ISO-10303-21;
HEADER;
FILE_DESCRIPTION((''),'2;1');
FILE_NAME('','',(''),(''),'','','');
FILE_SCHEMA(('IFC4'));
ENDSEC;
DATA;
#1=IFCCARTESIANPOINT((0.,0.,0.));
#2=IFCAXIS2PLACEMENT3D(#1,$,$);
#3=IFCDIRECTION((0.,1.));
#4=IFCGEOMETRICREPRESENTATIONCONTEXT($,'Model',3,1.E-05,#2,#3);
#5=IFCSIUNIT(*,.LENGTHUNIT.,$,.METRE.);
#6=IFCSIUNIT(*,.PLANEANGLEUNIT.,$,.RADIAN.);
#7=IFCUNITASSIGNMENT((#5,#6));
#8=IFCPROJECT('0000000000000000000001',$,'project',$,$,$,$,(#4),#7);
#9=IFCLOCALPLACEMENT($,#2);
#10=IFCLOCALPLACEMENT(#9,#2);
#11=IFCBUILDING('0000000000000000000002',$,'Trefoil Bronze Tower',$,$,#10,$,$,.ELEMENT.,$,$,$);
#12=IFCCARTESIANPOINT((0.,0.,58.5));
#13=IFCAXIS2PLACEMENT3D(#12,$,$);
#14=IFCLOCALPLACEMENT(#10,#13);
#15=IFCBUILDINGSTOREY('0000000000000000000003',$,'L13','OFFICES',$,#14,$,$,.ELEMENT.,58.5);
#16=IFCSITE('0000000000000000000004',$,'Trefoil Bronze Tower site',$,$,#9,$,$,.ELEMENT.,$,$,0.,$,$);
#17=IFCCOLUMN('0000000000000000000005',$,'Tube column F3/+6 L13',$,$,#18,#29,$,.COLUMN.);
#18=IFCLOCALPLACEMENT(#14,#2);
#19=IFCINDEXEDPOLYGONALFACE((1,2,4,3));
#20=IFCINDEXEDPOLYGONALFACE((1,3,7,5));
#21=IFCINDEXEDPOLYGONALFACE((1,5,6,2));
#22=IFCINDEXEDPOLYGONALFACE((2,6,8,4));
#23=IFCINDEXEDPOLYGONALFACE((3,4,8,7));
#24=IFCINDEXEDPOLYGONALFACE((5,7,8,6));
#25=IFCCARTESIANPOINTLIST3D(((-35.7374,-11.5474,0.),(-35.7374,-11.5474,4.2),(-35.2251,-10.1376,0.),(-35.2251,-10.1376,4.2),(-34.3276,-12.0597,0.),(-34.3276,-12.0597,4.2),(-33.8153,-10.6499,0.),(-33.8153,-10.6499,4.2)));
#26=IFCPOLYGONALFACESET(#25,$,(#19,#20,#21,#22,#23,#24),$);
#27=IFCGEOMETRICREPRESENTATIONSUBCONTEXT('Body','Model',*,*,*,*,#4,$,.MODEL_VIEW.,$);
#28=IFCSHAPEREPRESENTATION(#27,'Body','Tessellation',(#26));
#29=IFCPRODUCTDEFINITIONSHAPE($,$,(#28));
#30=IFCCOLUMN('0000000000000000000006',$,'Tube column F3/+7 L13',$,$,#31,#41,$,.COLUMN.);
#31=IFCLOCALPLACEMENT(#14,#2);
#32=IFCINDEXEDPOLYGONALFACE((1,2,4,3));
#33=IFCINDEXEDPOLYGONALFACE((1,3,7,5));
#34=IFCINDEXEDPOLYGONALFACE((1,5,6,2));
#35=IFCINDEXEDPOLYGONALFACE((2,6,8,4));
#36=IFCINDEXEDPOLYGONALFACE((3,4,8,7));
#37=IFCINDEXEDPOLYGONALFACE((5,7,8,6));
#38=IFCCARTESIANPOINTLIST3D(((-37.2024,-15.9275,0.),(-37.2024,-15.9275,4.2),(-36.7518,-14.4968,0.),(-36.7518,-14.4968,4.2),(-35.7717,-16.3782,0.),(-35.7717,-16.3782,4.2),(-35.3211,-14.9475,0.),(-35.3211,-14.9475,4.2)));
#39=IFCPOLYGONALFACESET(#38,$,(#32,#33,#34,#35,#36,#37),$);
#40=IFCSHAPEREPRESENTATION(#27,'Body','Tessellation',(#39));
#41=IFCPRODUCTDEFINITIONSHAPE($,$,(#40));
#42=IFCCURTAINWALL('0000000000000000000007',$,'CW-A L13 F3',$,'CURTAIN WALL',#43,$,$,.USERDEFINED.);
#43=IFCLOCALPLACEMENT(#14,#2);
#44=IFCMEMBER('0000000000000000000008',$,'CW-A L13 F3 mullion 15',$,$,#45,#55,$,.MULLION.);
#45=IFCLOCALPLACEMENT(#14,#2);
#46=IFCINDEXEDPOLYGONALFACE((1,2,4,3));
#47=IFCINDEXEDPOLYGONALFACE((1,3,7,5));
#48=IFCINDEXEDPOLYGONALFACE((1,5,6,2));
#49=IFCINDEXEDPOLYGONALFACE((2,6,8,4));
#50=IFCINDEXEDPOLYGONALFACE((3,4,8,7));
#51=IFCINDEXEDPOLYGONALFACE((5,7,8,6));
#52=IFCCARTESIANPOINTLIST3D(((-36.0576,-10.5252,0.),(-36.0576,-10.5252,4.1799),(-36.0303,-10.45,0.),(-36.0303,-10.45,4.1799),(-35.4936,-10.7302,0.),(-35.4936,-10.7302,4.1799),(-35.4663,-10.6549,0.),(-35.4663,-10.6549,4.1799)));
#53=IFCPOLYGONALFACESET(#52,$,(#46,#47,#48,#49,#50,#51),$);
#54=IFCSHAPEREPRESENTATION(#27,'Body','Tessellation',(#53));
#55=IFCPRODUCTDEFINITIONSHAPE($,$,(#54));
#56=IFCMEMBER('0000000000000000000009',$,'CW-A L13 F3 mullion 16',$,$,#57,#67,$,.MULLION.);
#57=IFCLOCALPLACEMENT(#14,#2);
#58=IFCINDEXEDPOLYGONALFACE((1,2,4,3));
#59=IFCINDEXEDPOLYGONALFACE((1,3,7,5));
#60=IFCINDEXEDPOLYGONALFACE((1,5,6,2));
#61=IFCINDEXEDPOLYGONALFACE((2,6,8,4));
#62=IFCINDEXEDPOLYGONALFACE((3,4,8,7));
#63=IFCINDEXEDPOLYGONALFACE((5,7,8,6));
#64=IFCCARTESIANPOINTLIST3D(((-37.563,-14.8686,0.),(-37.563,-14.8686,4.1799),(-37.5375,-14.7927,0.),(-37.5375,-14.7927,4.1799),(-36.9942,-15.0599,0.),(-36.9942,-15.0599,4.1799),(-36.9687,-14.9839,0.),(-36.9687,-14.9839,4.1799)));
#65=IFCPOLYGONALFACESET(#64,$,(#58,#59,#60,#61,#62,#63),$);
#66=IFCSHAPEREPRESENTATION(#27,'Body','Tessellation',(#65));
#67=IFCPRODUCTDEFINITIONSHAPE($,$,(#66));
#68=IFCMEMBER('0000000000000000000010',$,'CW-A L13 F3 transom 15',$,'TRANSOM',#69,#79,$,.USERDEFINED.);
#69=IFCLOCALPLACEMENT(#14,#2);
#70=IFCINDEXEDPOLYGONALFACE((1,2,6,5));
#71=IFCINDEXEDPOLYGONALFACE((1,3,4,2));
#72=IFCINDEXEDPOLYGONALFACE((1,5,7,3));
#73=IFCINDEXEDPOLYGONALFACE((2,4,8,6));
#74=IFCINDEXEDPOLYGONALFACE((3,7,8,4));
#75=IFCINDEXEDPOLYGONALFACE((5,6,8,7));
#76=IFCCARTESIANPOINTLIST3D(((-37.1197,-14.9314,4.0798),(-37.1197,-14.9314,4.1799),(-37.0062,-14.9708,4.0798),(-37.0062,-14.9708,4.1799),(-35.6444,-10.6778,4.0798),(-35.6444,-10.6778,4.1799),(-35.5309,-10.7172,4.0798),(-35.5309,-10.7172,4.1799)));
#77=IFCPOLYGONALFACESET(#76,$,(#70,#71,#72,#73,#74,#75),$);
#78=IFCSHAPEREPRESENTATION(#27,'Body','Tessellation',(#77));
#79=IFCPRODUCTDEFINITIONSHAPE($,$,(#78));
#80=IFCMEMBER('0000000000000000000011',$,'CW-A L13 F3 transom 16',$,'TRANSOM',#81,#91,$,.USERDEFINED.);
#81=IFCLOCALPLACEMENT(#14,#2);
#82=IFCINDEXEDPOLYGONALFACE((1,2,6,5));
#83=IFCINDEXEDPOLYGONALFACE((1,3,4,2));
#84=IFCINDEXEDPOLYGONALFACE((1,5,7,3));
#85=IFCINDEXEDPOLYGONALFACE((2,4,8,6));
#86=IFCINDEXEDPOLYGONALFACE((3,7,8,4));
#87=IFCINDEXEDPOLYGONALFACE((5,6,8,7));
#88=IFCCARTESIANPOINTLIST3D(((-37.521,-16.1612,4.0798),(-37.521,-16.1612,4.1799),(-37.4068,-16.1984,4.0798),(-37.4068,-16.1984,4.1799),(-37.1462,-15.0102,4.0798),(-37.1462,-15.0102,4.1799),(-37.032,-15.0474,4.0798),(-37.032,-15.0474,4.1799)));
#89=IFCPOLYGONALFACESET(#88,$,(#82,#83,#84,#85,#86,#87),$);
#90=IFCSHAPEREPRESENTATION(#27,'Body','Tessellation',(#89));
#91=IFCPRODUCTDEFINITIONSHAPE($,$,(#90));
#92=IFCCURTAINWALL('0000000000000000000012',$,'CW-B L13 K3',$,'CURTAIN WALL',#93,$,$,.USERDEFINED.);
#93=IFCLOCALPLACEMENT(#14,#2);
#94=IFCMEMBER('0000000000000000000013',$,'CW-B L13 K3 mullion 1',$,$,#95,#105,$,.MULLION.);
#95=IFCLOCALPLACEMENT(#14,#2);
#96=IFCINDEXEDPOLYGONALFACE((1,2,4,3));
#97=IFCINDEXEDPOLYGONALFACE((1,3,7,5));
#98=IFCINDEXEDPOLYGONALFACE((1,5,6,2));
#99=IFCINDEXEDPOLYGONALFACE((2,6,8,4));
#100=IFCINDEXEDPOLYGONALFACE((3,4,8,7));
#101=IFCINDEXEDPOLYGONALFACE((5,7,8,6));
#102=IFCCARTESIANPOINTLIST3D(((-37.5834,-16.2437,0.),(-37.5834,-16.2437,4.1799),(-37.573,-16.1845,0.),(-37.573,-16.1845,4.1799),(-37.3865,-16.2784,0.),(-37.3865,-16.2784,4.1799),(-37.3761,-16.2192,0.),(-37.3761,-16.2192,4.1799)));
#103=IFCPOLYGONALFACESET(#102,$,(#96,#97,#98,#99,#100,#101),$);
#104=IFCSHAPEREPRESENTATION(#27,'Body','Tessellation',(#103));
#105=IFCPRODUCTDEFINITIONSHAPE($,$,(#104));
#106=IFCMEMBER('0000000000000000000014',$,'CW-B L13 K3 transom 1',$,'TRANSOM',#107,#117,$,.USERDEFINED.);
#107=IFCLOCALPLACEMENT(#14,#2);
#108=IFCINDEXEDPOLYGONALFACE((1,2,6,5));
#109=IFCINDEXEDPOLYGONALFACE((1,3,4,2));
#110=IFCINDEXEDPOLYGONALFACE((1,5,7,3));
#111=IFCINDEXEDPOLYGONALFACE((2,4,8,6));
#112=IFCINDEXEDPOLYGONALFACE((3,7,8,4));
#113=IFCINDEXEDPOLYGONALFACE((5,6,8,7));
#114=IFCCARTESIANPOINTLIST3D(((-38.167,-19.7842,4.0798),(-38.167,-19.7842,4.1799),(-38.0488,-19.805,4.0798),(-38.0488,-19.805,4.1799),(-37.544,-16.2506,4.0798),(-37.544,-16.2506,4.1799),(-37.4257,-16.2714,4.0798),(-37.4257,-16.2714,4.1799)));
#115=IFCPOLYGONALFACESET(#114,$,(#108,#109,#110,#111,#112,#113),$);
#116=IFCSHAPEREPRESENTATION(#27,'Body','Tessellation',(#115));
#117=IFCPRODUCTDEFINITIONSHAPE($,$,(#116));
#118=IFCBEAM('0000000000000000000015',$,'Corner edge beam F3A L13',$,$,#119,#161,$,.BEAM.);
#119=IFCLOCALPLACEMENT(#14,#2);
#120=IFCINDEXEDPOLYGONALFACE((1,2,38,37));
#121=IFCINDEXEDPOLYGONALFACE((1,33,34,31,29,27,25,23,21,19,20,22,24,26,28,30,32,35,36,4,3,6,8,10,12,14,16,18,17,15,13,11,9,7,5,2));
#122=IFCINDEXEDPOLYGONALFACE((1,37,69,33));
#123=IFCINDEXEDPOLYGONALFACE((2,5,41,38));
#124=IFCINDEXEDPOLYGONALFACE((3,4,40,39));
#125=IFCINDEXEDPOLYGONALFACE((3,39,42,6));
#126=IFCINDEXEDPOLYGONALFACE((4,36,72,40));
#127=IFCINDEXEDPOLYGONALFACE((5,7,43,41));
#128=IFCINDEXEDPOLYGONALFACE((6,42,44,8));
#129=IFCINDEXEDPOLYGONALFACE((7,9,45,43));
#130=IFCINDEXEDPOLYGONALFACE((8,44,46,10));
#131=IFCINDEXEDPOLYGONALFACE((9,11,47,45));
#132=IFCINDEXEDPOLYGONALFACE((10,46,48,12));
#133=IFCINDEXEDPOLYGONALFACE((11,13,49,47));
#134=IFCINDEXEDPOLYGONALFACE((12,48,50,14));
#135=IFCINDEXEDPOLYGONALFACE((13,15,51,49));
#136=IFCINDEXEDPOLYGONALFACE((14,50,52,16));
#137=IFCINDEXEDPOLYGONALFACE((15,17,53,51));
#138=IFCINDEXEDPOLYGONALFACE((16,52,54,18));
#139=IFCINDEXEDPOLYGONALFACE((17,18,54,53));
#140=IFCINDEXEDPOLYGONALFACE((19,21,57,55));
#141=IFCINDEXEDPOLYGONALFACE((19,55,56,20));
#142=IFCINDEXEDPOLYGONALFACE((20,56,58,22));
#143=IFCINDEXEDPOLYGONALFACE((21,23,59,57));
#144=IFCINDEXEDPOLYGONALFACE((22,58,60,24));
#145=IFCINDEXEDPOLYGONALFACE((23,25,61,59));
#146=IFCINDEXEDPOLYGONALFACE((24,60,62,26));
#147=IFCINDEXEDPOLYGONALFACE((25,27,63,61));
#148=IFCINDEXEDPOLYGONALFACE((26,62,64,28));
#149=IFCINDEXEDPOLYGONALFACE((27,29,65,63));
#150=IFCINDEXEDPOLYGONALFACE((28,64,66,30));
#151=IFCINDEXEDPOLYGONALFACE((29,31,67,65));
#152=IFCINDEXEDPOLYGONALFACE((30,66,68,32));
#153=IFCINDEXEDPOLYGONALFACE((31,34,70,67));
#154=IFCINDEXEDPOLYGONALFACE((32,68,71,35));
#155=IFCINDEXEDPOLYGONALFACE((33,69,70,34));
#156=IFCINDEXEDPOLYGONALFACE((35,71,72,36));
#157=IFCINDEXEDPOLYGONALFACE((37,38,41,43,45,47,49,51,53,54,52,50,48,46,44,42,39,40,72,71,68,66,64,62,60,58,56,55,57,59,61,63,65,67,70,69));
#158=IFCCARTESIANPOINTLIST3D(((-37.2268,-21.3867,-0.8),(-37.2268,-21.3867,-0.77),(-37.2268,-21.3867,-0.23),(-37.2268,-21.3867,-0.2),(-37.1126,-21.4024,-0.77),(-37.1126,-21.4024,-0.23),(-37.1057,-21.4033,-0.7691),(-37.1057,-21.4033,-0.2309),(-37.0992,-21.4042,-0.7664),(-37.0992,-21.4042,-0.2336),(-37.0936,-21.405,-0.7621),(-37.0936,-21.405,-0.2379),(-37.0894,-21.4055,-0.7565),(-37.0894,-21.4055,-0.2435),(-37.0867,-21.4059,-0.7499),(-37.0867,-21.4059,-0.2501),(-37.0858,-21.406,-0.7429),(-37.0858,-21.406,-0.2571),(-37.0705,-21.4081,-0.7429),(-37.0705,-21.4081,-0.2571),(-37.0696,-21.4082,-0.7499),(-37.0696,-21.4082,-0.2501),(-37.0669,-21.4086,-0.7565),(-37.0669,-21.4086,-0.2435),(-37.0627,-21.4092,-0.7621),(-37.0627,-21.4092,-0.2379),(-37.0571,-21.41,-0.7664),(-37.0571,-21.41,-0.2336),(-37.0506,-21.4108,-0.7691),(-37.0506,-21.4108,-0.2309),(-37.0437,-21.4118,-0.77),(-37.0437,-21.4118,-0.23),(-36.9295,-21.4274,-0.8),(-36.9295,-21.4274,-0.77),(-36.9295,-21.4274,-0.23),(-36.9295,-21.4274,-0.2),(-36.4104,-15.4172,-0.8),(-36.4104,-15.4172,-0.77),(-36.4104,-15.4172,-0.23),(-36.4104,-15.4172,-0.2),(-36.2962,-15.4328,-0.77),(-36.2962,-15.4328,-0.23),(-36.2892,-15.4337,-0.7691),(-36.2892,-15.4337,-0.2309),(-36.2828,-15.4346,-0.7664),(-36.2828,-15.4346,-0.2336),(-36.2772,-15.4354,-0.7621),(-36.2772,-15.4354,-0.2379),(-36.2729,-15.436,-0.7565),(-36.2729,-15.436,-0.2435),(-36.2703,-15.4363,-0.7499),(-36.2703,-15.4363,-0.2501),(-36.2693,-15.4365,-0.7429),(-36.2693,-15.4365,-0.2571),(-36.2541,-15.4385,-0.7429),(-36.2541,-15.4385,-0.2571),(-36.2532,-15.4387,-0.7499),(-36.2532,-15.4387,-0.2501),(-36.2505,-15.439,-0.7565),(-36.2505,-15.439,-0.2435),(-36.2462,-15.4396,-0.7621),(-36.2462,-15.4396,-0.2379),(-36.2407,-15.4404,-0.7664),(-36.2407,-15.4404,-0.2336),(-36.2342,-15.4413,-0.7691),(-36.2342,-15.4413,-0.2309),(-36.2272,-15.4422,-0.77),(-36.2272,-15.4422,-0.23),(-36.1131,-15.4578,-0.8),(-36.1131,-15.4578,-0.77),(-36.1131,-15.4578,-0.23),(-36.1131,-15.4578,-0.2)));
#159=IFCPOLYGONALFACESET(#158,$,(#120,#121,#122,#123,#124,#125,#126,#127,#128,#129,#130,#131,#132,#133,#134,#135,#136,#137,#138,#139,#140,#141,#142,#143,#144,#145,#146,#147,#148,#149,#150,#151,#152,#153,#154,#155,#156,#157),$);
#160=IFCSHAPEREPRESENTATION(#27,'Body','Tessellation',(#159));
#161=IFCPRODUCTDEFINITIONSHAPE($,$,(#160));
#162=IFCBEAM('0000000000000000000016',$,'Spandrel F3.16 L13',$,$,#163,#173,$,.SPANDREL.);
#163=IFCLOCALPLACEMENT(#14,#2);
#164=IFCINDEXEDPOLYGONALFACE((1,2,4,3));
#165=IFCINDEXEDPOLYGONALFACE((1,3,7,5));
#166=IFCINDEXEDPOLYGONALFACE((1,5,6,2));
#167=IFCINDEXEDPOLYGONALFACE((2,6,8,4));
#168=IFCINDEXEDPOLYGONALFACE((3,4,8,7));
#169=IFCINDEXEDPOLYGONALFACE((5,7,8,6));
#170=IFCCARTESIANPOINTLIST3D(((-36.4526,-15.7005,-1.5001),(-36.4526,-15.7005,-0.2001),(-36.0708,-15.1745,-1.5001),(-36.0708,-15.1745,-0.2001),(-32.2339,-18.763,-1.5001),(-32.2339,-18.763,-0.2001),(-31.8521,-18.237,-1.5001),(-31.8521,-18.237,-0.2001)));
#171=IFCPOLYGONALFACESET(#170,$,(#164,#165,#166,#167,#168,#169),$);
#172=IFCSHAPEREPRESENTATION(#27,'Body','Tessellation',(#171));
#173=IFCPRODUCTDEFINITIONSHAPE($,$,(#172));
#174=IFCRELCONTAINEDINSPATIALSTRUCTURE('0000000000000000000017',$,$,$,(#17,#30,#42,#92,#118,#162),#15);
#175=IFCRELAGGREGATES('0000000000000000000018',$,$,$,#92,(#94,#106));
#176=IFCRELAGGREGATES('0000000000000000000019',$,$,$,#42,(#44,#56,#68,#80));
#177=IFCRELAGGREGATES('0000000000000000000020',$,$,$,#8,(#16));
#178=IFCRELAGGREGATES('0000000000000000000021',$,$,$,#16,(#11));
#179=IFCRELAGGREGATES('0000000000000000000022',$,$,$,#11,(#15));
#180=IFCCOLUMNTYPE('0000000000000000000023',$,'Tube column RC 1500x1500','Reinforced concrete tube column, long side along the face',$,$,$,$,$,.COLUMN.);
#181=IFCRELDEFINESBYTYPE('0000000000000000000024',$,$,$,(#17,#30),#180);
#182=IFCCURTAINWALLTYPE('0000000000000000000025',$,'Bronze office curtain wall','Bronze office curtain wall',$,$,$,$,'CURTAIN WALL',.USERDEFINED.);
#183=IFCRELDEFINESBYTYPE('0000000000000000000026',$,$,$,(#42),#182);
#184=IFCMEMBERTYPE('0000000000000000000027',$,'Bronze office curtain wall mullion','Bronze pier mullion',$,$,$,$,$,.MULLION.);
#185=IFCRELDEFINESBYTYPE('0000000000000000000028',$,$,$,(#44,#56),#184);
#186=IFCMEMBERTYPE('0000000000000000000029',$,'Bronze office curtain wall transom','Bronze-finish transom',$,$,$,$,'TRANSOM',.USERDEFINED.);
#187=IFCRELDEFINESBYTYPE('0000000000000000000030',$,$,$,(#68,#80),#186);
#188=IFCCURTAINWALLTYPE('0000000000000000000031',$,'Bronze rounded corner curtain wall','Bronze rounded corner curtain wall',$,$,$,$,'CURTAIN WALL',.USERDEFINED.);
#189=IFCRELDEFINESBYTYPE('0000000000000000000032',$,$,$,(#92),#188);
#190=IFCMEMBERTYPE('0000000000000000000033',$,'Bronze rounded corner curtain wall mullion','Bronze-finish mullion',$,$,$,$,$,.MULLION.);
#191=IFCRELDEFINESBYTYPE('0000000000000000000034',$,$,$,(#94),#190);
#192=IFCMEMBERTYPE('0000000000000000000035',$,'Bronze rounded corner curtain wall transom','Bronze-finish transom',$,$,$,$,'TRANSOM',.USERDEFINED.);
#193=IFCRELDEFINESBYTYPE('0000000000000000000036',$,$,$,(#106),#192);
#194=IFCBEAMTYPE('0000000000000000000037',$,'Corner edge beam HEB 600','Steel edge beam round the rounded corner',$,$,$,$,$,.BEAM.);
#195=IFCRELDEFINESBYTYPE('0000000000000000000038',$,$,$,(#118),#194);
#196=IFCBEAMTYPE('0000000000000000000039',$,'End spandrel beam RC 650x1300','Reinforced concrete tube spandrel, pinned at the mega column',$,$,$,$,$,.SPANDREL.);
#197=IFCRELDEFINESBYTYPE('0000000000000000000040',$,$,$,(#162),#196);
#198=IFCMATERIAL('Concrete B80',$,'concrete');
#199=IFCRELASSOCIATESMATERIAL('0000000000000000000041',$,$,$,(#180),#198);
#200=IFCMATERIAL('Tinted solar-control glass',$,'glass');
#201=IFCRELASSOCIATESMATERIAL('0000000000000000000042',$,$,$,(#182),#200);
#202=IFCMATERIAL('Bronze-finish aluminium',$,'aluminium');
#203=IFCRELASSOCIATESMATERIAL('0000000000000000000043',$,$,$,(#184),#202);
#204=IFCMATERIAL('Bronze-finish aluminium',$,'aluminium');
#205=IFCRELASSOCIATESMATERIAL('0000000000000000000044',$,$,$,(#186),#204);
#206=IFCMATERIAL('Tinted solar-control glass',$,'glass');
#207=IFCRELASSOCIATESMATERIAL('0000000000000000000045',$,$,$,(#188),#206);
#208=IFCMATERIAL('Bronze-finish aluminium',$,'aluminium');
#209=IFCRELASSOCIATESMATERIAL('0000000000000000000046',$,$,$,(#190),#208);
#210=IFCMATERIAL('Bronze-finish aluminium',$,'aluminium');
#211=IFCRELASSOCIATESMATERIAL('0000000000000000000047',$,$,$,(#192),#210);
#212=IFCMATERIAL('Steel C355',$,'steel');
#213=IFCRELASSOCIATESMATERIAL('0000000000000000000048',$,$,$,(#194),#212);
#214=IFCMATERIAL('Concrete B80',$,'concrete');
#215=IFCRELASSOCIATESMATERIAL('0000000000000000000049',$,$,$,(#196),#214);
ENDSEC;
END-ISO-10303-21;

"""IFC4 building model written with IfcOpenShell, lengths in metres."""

from ifc_helpers import new_model, si_unit, direction, frame, origin, origin_2d, place, context, subcontext, project, spatial, rectangle, i_section, extrude, material, material_profile, profile_set, type_object, element, aggregate, save


model = new_model("IFC4")

# Units and contexts
model_context = context("Model", 3, precision=1e-05, world=origin(), true_north=direction((0.0, 1.0)))
body_context = subcontext(model_context, "Body", "Model", "MODEL_VIEW")
ifc_project = project(units=[si_unit("LENGTHUNIT", "METRE"), si_unit("PLANEANGLEUNIT", "RADIAN")], contexts=[model_context])

# Site, building, storey
site_placement = place(None, origin())
site = spatial("IfcSite", under=ifc_project, at=site_placement, Name="Trefoil Bronze Tower site", CompositionType="ELEMENT", RefElevation=0.0)
building_placement = place(site_placement, origin())
building = spatial("IfcBuilding", under=site, at=building_placement, Name="Trefoil Bronze Tower", CompositionType="ELEMENT")
storey_placement = place(building_placement, frame((0.0, 0.0, 58.5)))
storey = spatial("IfcBuildingStorey", under=building, at=storey_placement, Name="L13", Description="OFFICES", CompositionType="ELEMENT", Elevation=58.5)

# Columns
ifc_material_1 = material(Name="Concrete B80", Category="concrete")
ifc_material_profile_1 = material_profile(ifc_material_1, rectangle(XDim=1.5, YDim=1.5, at=origin_2d()), Name="RC 1500x1500")
ifc_profile_set_1 = profile_set([ifc_material_profile_1], Name="Concrete B80")
column_type = type_object("IfcColumnType", Name="Tube column RC 1500x1500", Description="Reinforced concrete tube column, long side along the face", PredefinedType="COLUMN", material=ifc_profile_set_1)
for number, where, z_axis, x_axis, name in (
    (1, (-34.7764, -11.0986, 0.0), (0.0, 0.0, 1.0), (-0.341559, -0.93986, 0.0), "Tube column F3/+6 L13"),
    (2, (-36.2617, -15.4375, 0.0), (0.0, 0.0, 1.0), (-0.300414, -0.953809, 0.0), "Tube column F3/+7 L13"),
):
    element("IfcColumn", number, at=place(storey_placement, frame(where, z_axis=z_axis, x_axis=x_axis)), inside=storey, type_object=column_type, Name=name, PredefinedType="COLUMN", context=body_context, shape_type="SweptSolid", body=[
        extrude(rectangle(XDim=1.5, YDim=1.5, at=origin_2d()), origin(), (0.0, 0.0, 1.0), 4.2),
    ])

# Curtain walls, members
ifc_material_2 = material(Name="Tinted solar-control glass", Category="glass")
curtain_wall_type_1 = type_object("IfcCurtainWallType", Name="Bronze office curtain wall", Description="Bronze office curtain wall", ElementType="CURTAIN WALL", PredefinedType="USERDEFINED", material=ifc_material_2)
curtain_wall_1_placement = place(storey_placement, origin())
curtain_wall_1 = element("IfcCurtainWall", 3, at=curtain_wall_1_placement, inside=storey, type_object=curtain_wall_type_1, Name="CW-A L13 F3", ObjectType="CURTAIN WALL", PredefinedType="USERDEFINED")
ifc_material_3 = material(Name="Bronze-finish aluminium", Category="aluminium")
ifc_material_profile_2 = material_profile(ifc_material_3, rectangle(XDim=0.6001, YDim=0.0801, at=origin_2d()), Name="CW-A mullion")
ifc_profile_set_2 = profile_set([ifc_material_profile_2], Name="Bronze-finish aluminium")
member_type_1 = type_object("IfcMemberType", Name="Bronze office curtain wall mullion", Description="Bronze pier mullion", PredefinedType="MULLION", material=ifc_profile_set_2)
member_1_placement = place(storey_placement, frame((-35.762, -10.5901, 0.0), z_axis=(0.0, 0.0, 1.0), x_axis=(0.93986, -0.341559, 0.0)))
member_1 = element("IfcMember", 4, at=member_1_placement, type_object=member_type_1, Name="CW-A L13 F3 mullion 15", PredefinedType="MULLION", context=body_context, shape_type="SweptSolid", body=[
    extrude(rectangle(XDim=0.6001, YDim=0.0801, at=origin_2d()), origin(), (0.0, 0.0, 1.0), 4.1799),
])
member_2_placement = place(storey_placement, frame((-37.2659, -14.9263, 0.0), z_axis=(0.0, 0.0, 1.0), x_axis=(0.947851, -0.318715, 0.0)))
member_2 = element("IfcMember", 5, at=member_2_placement, type_object=member_type_1, Name="CW-A L13 F3 mullion 16", PredefinedType="MULLION", context=body_context, shape_type="SweptSolid", body=[
    extrude(rectangle(XDim=0.6001, YDim=0.0801, at=origin_2d()), origin(), (0.0, 0.0, 1.0), 4.1799),
])
ifc_material_4 = material(Name="Bronze-finish aluminium", Category="aluminium")
ifc_material_profile_3 = material_profile(ifc_material_4, rectangle(XDim=0.1201, YDim=0.1001, at=origin_2d()), Name="CW-A transom")
ifc_profile_set_3 = profile_set([ifc_material_profile_3], Name="Bronze-finish aluminium")
member_type_2 = type_object("IfcMemberType", Name="Bronze office curtain wall transom", Description="Bronze-finish transom", ElementType="TRANSOM", PredefinedType="USERDEFINED", material=ifc_profile_set_3)
member_3_placement = place(storey_placement, frame((-35.5876, -10.6975, 4.1299), z_axis=(-0.32769, -0.944785, 0.0), x_axis=(0.944785, -0.32769, 0.0)))
member_3 = element("IfcMember", 6, at=member_3_placement, type_object=member_type_2, Name="CW-A L13 F3 transom 15", ObjectType="TRANSOM", PredefinedType="USERDEFINED", context=body_context, shape_type="SweptSolid", body=[
    extrude(rectangle(XDim=0.1201, YDim=0.1001, at=origin_2d()), origin(), (0.0, 0.0, 1.0), 4.5022),
])
member_4_placement = place(storey_placement, frame((-37.0891, -15.0288, 4.1299), z_axis=(-0.309624, -0.950859, 0.0), x_axis=(0.950859, -0.309624, 0.0)))
member_4 = element("IfcMember", 7, at=member_4_placement, type_object=member_type_2, Name="CW-A L13 F3 transom 16", ObjectType="TRANSOM", PredefinedType="USERDEFINED", context=body_context, shape_type="SweptSolid", body=[
    extrude(rectangle(XDim=0.1201, YDim=0.1001, at=origin_2d()), origin(), (0.0, 0.0, 1.0), 1.2104),
])
ifc_material_5 = material(Name="Tinted solar-control glass", Category="glass")
curtain_wall_type_2 = type_object("IfcCurtainWallType", Name="Bronze rounded corner curtain wall", Description="Bronze rounded corner curtain wall", ElementType="CURTAIN WALL", PredefinedType="USERDEFINED", material=ifc_material_5)
curtain_wall_2_placement = place(storey_placement, origin())
curtain_wall_2 = element("IfcCurtainWall", 8, at=curtain_wall_2_placement, inside=storey, type_object=curtain_wall_type_2, Name="CW-B L13 K3", ObjectType="CURTAIN WALL", PredefinedType="USERDEFINED")
ifc_material_6 = material(Name="Bronze-finish aluminium", Category="aluminium")
ifc_material_profile_4 = material_profile(ifc_material_6, rectangle(XDim=0.2, YDim=0.0601, at=origin_2d()), Name="CW-B mullion")
ifc_profile_set_4 = profile_set([ifc_material_profile_4], Name="Bronze-finish aluminium")
member_type_3 = type_object("IfcMemberType", Name="Bronze rounded corner curtain wall mullion", Description="Bronze-finish mullion", PredefinedType="MULLION", material=ifc_profile_set_4)
member_5_placement = place(storey_placement, frame((-37.4797, -16.2314, 0.0), z_axis=(0.0, 0.0, 1.0), x_axis=(0.984808, -0.173648, 0.0)))
member_5 = element("IfcMember", 9, at=member_5_placement, type_object=member_type_3, Name="CW-B L13 K3 mullion 1", PredefinedType="MULLION", context=body_context, shape_type="SweptSolid", body=[
    extrude(rectangle(XDim=0.2, YDim=0.0601, at=origin_2d()), origin(), (0.0, 0.0, 1.0), 4.1799),
])
ifc_material_7 = material(Name="Bronze-finish aluminium", Category="aluminium")
ifc_material_profile_5 = material_profile(ifc_material_7, rectangle(XDim=0.1201, YDim=0.1001, at=origin_2d()), Name="CW-B transom")
ifc_profile_set_5 = profile_set([ifc_material_profile_5], Name="Bronze-finish aluminium")
member_type_4 = type_object("IfcMemberType", Name="Bronze rounded corner curtain wall transom", Description="Bronze-finish transom", ElementType="TRANSOM", PredefinedType="USERDEFINED", material=ifc_profile_set_5)
member_6_placement = place(storey_placement, frame((-37.4849, -16.261, 4.1299), z_axis=(-0.173638, -0.98481, 0.0), x_axis=(0.98481, -0.173638, 0.0)))
member_6 = element("IfcMember", 10, at=member_6_placement, type_object=member_type_4, Name="CW-B L13 K3 transom 1", ObjectType="TRANSOM", PredefinedType="USERDEFINED", context=body_context, shape_type="SweptSolid", body=[
    extrude(rectangle(XDim=0.1201, YDim=0.1001, at=origin_2d()), origin(), (0.0, 0.0, 1.0), 3.5881),
])
aggregate(curtain_wall_2, [member_5, member_6])

# Beams
ifc_material_8 = material(Name="Steel C355", Category="steel")
ifc_material_profile_6 = material_profile(ifc_material_8, i_section(OverallWidth=0.3, OverallDepth=0.6001, WebThickness=0.0154, FlangeThickness=0.03, FilletRadius=0.0271, at=origin_2d()), Name="HEB 600")
ifc_profile_set_6 = profile_set([ifc_material_profile_6], Name="Steel C355")
beam_type_1 = type_object("IfcBeamType", Name="Corner edge beam HEB 600", Description="Steel edge beam round the rounded corner", PredefinedType="BEAM", material=ifc_profile_set_6)
beam_1_placement = place(storey_placement, frame((-36.2617, -15.4375, -0.5), z_axis=(-0.135502, -0.990777, 0.0), x_axis=(0.990777, -0.135502, 0.0)))
element("IfcBeam", 11, at=beam_1_placement, inside=storey, type_object=beam_type_1, Name="Corner edge beam F3A L13", PredefinedType="BEAM", context=body_context, shape_type="SweptSolid", body=[
    extrude(i_section(OverallWidth=0.3, OverallDepth=0.6001, WebThickness=0.0154, FlangeThickness=0.03, FilletRadius=0.0271, at=origin_2d()), origin(), (0.0, 0.0, 1.0), 6.0251),
])
ifc_material_9 = material(Name="Concrete B80", Category="concrete")
ifc_material_profile_7 = material_profile(ifc_material_9, rectangle(XDim=0.6499, YDim=1.3, at=origin_2d()), Name="RC 650x1300")
ifc_profile_set_7 = profile_set([ifc_material_profile_7], Name="Concrete B80")
beam_type_2 = type_object("IfcBeamType", Name="End spandrel beam RC 650x1300", Description="Reinforced concrete tube spandrel, pinned at the mega column", PredefinedType="SPANDREL", material=ifc_profile_set_7)
beam_2_placement = place(storey_placement, frame((-36.2617, -15.4375, -0.8501), z_axis=(0.809254, -0.587459, 0.0), x_axis=(0.587459, 0.809254, 0.0)))
element("IfcBeam", 12, at=beam_2_placement, inside=storey, type_object=beam_type_2, Name="Spandrel F3.16 L13", PredefinedType="SPANDREL", context=body_context, shape_type="SweptSolid", body=[
    extrude(rectangle(XDim=0.6499, YDim=1.3, at=origin_2d()), origin(), (0.0, 0.0, 1.0), 5.2131),
])

aggregate(curtain_wall_1, [member_1, member_2, member_3, member_4])

save(model, "model.ifc")
